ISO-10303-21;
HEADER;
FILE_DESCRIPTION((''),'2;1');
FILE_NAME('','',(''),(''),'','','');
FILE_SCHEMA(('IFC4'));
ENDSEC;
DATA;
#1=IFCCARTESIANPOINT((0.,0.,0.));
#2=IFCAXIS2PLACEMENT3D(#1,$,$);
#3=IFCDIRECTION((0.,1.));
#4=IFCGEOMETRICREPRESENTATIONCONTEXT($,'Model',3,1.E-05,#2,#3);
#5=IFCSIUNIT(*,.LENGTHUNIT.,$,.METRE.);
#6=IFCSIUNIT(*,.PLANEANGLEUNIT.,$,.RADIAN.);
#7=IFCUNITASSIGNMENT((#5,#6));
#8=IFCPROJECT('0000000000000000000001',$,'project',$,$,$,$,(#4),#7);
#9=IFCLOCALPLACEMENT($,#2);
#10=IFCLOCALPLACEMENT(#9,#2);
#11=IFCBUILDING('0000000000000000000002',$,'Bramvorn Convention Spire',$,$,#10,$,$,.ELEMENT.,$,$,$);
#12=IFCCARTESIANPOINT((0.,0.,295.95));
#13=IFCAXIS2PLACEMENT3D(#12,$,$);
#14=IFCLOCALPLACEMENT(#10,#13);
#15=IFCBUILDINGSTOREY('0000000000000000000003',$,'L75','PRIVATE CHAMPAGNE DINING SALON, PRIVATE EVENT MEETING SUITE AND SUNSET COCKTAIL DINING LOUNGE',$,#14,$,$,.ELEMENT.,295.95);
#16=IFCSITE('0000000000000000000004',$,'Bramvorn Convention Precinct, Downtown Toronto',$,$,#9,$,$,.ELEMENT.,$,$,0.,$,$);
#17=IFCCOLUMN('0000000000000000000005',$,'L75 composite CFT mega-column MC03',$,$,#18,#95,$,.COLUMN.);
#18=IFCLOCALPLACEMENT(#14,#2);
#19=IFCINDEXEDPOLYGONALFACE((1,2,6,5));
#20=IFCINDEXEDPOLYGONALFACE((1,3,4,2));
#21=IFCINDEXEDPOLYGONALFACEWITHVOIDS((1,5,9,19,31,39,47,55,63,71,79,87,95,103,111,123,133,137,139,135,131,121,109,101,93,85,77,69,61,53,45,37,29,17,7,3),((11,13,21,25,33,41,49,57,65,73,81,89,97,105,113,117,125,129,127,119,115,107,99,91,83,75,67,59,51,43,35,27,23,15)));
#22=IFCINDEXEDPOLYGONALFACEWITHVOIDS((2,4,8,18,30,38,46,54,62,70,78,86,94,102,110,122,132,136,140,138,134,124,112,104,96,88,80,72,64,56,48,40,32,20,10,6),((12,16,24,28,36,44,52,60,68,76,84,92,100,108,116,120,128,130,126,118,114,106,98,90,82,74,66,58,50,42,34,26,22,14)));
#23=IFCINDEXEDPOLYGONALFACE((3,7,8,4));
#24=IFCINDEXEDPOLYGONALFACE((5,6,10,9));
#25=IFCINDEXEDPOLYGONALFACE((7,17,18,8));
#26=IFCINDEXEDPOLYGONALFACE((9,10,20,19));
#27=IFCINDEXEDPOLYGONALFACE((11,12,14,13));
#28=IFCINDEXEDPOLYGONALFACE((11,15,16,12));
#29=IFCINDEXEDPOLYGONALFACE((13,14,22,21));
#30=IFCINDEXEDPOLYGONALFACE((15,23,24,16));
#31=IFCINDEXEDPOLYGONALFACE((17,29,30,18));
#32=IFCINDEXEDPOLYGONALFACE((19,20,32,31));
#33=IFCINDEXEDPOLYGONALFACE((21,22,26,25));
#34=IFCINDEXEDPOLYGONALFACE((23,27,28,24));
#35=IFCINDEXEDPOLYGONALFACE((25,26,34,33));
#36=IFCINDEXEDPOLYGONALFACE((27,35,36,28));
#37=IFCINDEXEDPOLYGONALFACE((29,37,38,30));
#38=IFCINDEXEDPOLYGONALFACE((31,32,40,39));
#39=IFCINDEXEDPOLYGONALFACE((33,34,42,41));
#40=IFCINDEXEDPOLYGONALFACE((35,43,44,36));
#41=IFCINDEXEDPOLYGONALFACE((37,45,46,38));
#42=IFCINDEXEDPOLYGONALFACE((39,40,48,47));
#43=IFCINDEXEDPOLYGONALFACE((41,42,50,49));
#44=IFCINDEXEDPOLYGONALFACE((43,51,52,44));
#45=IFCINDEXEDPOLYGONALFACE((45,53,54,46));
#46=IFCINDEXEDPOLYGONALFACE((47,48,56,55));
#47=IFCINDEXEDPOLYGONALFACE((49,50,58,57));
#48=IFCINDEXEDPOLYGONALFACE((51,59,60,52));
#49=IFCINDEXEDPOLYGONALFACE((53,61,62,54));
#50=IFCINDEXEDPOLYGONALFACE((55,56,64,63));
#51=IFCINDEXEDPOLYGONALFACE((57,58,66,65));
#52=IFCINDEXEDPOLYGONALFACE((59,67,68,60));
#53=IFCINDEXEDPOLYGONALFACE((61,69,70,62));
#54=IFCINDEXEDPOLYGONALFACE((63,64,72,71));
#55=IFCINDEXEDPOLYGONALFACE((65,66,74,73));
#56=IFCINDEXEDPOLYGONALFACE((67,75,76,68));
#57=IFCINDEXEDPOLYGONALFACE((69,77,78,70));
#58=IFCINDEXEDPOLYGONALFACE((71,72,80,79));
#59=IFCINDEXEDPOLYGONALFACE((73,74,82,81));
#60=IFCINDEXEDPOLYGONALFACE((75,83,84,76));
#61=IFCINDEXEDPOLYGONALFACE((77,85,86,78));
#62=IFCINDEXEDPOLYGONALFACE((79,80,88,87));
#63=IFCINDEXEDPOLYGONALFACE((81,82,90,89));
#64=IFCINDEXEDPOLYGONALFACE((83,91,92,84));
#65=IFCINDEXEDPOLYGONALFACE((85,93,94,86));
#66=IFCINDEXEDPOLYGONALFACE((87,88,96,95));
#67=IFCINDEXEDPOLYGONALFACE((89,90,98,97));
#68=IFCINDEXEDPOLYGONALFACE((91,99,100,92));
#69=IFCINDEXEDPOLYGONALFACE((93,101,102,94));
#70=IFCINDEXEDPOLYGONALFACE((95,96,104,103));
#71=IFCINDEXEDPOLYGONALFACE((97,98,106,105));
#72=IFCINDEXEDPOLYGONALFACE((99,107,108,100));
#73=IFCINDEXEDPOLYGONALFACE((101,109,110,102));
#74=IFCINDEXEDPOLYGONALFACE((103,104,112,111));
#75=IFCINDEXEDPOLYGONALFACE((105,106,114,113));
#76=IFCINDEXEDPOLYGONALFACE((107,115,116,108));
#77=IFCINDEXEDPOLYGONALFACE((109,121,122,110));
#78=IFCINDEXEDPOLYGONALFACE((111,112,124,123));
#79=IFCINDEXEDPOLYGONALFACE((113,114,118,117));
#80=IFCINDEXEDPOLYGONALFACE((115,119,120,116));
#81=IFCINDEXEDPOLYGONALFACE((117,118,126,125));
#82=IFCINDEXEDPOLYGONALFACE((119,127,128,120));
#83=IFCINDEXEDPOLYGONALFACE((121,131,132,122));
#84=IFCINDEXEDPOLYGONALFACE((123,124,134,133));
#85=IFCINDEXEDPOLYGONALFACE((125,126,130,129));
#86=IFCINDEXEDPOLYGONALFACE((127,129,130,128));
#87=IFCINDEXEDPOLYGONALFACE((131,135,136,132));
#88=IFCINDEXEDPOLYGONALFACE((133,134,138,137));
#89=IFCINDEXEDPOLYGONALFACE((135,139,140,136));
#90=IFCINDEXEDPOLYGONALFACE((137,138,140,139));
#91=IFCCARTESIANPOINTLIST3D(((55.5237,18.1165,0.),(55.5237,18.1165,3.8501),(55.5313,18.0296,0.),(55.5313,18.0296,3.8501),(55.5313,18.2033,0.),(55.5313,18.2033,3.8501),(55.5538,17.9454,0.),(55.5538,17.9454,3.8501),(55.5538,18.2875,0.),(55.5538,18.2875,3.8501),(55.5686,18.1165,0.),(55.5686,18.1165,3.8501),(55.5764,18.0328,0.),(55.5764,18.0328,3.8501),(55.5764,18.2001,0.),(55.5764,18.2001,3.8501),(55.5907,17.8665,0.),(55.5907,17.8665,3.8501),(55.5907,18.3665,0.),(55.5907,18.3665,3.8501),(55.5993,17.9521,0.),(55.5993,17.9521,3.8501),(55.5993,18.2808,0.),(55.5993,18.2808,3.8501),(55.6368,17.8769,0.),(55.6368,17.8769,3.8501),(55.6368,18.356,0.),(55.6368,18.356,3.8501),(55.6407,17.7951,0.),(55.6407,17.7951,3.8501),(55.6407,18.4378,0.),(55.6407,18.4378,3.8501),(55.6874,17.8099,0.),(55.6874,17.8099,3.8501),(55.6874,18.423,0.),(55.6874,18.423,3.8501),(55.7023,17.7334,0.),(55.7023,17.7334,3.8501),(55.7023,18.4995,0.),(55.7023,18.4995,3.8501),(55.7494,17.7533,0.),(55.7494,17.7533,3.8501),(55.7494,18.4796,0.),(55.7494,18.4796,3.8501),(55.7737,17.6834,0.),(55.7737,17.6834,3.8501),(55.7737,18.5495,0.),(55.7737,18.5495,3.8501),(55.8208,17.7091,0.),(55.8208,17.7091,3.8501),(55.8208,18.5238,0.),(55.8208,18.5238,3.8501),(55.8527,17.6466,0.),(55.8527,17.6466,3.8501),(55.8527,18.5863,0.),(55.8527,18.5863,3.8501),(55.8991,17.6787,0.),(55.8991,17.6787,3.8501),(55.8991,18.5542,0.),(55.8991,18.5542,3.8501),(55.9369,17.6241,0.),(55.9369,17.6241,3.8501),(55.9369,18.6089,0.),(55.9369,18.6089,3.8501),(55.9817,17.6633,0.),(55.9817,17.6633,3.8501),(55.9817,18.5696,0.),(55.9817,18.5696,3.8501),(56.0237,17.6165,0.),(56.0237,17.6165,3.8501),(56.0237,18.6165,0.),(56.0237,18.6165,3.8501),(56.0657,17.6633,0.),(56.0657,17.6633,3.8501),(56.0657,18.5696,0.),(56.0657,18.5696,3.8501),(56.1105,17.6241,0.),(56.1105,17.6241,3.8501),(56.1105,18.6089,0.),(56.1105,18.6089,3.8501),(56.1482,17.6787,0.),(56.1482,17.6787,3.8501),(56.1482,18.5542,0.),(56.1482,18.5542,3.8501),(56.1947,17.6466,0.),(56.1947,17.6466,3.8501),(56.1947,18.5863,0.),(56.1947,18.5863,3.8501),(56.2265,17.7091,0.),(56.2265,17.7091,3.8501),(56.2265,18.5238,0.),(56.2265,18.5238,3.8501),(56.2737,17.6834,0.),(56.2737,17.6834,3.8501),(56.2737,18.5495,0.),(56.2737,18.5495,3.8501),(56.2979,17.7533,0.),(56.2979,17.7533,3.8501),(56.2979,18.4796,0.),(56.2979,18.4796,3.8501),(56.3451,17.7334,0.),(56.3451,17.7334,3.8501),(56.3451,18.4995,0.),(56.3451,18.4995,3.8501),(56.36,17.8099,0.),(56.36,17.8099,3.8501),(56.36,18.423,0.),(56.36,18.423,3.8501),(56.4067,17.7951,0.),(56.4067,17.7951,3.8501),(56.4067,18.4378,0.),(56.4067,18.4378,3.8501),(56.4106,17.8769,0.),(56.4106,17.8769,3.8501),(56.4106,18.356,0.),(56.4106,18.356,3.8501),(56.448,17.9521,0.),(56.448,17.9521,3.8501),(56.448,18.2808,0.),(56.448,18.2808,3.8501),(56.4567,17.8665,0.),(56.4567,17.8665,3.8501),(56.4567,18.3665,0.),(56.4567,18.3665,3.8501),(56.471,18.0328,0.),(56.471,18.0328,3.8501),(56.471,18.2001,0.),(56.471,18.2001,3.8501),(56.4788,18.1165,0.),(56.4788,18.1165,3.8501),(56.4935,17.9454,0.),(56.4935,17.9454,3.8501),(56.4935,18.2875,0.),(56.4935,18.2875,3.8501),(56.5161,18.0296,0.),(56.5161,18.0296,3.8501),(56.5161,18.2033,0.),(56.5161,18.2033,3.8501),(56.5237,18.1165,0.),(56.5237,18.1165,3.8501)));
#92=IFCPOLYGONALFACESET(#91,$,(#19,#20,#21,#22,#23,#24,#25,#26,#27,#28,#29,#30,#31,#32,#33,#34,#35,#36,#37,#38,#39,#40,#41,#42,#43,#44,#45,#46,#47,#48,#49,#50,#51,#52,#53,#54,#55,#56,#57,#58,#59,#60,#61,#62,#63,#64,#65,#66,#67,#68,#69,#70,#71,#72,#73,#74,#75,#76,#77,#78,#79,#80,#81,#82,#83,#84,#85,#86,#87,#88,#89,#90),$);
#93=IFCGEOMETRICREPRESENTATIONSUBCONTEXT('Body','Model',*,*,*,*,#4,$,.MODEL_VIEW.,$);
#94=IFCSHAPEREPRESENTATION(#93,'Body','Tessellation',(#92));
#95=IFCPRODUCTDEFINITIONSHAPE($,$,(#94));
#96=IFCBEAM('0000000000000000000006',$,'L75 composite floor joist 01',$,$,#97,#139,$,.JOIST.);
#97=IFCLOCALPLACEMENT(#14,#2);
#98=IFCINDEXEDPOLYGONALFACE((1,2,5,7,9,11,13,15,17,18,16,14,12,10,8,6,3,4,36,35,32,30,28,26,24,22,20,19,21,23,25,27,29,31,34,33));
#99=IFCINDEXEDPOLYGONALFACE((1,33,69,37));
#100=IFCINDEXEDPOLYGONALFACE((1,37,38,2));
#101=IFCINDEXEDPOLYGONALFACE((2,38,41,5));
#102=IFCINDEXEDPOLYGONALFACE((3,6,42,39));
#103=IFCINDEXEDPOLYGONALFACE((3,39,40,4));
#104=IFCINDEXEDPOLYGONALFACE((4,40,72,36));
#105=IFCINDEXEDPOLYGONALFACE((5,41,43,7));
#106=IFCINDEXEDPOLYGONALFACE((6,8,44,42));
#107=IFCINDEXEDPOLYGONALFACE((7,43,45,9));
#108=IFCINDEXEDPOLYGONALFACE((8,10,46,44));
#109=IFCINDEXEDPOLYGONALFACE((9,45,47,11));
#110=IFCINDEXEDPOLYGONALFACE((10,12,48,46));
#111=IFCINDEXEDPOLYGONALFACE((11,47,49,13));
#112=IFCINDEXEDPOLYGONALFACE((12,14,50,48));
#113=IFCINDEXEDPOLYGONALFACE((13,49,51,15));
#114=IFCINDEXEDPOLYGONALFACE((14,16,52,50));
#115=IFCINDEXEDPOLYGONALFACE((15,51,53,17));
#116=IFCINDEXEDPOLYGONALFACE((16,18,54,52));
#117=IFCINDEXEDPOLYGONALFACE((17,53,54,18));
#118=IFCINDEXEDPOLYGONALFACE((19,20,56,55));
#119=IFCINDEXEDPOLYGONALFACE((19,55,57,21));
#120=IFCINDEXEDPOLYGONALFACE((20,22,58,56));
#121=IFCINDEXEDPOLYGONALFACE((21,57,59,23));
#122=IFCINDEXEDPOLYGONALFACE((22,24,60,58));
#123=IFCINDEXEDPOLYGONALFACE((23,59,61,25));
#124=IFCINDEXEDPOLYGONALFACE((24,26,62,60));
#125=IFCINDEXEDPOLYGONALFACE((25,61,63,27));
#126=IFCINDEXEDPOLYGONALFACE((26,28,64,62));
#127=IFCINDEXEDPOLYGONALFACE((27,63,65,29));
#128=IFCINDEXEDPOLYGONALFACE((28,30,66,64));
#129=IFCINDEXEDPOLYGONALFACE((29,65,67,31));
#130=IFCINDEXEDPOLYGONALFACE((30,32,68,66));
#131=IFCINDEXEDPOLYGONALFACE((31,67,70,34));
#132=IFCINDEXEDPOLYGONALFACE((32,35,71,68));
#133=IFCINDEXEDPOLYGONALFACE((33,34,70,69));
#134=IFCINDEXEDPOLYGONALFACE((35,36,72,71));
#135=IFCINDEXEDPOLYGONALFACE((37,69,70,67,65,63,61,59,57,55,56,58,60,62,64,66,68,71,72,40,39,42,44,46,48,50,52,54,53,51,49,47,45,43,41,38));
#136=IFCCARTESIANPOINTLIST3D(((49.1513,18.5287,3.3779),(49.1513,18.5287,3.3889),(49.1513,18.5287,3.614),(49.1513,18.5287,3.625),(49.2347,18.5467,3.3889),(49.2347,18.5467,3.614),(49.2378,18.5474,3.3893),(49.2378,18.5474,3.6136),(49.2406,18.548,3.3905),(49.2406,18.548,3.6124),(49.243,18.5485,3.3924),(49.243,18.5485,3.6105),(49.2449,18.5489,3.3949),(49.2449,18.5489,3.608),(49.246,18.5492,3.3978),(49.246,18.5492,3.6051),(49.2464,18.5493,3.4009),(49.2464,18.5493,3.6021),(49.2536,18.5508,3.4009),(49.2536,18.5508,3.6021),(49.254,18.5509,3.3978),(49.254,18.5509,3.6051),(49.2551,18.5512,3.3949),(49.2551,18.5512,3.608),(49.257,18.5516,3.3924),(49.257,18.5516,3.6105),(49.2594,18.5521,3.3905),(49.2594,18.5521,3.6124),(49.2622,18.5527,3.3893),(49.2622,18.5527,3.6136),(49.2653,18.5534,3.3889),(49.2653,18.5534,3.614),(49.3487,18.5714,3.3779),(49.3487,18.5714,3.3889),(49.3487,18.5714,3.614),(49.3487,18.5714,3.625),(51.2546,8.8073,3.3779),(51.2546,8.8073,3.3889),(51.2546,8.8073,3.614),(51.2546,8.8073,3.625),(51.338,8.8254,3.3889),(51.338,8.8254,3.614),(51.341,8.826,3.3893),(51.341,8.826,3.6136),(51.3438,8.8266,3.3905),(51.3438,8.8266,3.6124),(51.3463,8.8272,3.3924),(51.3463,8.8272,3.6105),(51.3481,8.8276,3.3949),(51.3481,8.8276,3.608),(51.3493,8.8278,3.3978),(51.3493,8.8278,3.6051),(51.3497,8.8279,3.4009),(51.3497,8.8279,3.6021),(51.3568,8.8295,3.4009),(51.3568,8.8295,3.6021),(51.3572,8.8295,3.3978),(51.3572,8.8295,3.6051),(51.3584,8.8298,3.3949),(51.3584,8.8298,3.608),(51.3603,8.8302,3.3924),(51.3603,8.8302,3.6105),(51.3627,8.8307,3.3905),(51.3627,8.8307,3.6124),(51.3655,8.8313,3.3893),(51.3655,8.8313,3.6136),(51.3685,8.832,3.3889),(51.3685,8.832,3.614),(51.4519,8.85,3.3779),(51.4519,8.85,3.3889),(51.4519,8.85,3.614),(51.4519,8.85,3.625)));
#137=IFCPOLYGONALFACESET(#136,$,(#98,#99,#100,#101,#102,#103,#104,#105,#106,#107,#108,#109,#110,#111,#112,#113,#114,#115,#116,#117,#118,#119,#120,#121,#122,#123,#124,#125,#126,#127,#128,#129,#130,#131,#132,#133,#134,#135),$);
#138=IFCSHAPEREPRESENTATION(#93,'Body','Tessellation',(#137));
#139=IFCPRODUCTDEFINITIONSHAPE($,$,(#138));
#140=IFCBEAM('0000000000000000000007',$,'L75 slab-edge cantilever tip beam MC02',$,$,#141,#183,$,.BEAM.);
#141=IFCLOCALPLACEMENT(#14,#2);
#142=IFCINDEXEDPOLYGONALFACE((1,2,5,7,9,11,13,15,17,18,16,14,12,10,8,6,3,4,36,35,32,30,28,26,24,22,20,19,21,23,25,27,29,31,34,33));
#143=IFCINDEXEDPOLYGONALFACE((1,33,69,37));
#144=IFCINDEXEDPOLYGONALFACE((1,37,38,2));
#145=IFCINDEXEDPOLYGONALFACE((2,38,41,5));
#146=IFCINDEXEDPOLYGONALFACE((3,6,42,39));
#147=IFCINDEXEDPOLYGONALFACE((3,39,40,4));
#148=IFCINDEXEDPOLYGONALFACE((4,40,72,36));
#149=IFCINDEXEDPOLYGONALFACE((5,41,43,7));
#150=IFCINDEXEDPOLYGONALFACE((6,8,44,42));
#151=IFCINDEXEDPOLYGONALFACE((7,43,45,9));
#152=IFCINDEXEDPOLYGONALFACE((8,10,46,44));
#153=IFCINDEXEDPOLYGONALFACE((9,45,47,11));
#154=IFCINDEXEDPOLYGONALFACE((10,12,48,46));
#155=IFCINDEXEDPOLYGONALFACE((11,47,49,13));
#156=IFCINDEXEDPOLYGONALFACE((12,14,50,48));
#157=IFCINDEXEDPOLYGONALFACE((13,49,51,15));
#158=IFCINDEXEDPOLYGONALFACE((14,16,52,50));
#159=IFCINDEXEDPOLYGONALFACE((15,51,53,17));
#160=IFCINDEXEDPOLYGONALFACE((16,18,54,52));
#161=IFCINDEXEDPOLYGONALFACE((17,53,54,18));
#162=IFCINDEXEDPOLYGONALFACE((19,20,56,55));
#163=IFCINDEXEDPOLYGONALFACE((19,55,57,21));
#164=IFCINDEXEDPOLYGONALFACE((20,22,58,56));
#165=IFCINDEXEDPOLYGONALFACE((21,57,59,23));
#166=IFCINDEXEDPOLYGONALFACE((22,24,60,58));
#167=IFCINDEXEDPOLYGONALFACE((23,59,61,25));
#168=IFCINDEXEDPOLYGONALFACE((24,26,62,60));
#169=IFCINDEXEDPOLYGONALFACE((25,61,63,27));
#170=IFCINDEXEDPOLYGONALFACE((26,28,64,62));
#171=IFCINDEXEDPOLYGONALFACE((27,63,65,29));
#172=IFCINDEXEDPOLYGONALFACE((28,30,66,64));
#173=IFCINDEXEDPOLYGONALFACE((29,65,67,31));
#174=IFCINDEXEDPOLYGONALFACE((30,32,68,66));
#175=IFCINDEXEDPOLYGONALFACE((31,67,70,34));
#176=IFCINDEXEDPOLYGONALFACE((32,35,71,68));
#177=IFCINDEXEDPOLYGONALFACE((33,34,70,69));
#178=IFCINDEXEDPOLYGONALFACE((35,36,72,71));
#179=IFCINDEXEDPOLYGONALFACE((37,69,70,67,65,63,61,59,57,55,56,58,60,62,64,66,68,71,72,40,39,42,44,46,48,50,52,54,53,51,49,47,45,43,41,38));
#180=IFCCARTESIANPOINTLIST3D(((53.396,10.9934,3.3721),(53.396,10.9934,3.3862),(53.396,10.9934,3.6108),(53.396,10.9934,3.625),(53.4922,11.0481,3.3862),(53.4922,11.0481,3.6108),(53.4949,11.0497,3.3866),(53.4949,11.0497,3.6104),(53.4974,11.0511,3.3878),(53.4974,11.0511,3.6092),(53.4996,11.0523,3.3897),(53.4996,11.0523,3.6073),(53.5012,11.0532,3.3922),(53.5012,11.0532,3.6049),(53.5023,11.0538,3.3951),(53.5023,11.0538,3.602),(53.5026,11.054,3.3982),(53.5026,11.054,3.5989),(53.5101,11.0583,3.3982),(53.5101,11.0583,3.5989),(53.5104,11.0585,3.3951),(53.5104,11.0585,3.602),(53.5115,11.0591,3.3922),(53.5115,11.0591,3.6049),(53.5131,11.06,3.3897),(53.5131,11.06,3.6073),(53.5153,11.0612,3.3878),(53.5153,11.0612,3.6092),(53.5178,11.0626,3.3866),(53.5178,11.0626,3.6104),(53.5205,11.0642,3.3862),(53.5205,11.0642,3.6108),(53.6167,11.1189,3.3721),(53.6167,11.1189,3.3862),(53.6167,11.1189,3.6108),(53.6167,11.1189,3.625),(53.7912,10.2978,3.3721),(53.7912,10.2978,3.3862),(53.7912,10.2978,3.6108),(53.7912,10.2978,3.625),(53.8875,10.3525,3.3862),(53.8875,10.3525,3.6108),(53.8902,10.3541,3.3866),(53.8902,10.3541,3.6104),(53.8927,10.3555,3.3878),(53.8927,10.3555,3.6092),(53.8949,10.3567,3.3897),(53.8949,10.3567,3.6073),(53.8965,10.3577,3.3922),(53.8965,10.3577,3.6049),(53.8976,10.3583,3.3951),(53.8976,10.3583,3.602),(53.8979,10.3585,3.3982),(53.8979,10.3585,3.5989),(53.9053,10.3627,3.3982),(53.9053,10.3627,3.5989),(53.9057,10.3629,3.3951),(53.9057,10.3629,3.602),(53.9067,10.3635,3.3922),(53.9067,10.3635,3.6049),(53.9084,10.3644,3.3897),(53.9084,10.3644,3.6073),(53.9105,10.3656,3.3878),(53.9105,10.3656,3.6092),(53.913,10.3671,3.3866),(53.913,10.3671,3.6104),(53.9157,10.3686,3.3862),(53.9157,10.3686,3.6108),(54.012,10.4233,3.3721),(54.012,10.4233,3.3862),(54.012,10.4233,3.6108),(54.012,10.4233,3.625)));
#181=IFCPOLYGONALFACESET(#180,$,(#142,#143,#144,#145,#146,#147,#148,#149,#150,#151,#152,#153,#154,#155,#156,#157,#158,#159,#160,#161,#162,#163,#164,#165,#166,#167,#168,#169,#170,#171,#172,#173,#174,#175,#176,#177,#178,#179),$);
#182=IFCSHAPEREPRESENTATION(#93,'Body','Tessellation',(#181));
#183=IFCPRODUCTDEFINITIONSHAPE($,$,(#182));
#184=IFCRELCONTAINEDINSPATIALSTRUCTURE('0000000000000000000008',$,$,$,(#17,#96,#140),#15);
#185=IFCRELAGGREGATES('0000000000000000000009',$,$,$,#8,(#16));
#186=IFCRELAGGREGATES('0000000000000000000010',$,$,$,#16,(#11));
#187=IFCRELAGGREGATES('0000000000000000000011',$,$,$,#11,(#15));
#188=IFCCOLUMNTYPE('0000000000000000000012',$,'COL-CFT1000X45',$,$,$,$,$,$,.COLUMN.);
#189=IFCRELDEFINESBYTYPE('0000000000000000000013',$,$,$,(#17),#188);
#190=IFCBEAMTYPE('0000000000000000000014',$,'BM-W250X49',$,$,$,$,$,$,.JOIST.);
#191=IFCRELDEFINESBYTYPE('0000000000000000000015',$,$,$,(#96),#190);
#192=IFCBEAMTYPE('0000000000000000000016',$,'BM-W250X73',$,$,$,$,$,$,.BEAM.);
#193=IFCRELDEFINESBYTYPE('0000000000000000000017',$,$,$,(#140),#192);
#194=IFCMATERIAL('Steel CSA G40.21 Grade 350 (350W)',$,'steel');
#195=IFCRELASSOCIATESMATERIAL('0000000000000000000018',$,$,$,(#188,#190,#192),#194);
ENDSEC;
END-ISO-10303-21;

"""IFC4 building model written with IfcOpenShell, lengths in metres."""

from ifc_helpers import new_model, si_unit, direction, frame, origin, origin_2d, place, context, subcontext, project, spatial, hollow_circle, i_section, extrude, material, material_profile, profile_set, type_object, element, save


model = new_model("IFC4")

# Units and contexts
model_context = context("Model", 3, precision=1e-05, world=origin(), true_north=direction((0.0, 1.0)))
body_context = subcontext(model_context, "Body", "Model", "MODEL_VIEW")
ifc_project = project(units=[si_unit("LENGTHUNIT", "METRE"), si_unit("PLANEANGLEUNIT", "RADIAN")], contexts=[model_context])

# Site, building, storey
site_placement = place(None, origin())
site = spatial("IfcSite", under=ifc_project, at=site_placement, Name="Bramvorn Convention Precinct, Downtown Toronto", CompositionType="ELEMENT", RefElevation=0.0)
building_placement = place(site_placement, origin())
building = spatial("IfcBuilding", under=site, at=building_placement, Name="Bramvorn Convention Spire", CompositionType="ELEMENT")
storey_placement = place(building_placement, frame((0.0, 0.0, 295.95)))
storey = spatial("IfcBuildingStorey", under=building, at=storey_placement, Name="L75", Description="PRIVATE CHAMPAGNE DINING SALON, PRIVATE EVENT MEETING SUITE AND SUNSET COCKTAIL DINING LOUNGE", CompositionType="ELEMENT", Elevation=295.95)

# Column
ifc_material_1 = material(Name="Steel CSA G40.21 Grade 350 (350W)", Category="steel")
ifc_material_profile_1 = material_profile(ifc_material_1, hollow_circle(Radius=0.5, WallThickness=0.0449, at=origin_2d()))
ifc_profile_set_1 = profile_set([ifc_material_profile_1], Name="Steel CSA G40.21 Grade 350 (350W) - CFT1000X45")
column_type = type_object("IfcColumnType", Name="COL-CFT1000X45", PredefinedType="COLUMN", material=ifc_profile_set_1)
column_placement = place(storey_placement, frame((56.0237, 18.1165, 0.0), z_axis=(0.0, 0.0, 1.0), x_axis=(1.0, 0.0, 0.0)))
element("IfcColumn", 1, at=column_placement, inside=storey, type_object=column_type, Name="L75 composite CFT mega-column MC03", PredefinedType="COLUMN", context=body_context, shape_type="SweptSolid", body=[
    extrude(hollow_circle(Radius=0.5, WallThickness=0.0449, at=origin_2d()), origin(), (0.0, 0.0, 1.0), 3.8501),
])

# Beams
ifc_material_profile_2 = material_profile(ifc_material_1, i_section(OverallWidth=0.2019, OverallDepth=0.2471, WebThickness=0.0073, FlangeThickness=0.011, FilletRadius=0.012, at=origin_2d()))
ifc_profile_set_2 = profile_set([ifc_material_profile_2], Name="Steel CSA G40.21 Grade 350 (350W) - W250X49")
beam_type_1 = type_object("IfcBeamType", Name="BM-W250X49", PredefinedType="JOIST", material=ifc_profile_set_2)
beam_1_placement = place(storey_placement, frame((49.25, 18.55, 3.5015), z_axis=(0.211461, -0.977386, 0.0), x_axis=(0.977386, 0.211461, 0.0)))
element("IfcBeam", 2, at=beam_1_placement, inside=storey, type_object=beam_type_1, Name="L75 composite floor joist 01", PredefinedType="JOIST", context=body_context, shape_type="SweptSolid", body=[
    extrude(i_section(OverallWidth=0.2019, OverallDepth=0.2471, WebThickness=0.0073, FlangeThickness=0.011, FilletRadius=0.012, at=origin_2d()), origin(), (0.0, 0.0, 1.0), 9.9463),
])
ifc_material_profile_3 = material_profile(ifc_material_1, i_section(OverallWidth=0.2539, OverallDepth=0.2529, WebThickness=0.0085, FlangeThickness=0.0142, FilletRadius=0.012, at=origin_2d()))
ifc_profile_set_3 = profile_set([ifc_material_profile_3], Name="Steel CSA G40.21 Grade 350 (350W) - W250X73")
beam_type_2 = type_object("IfcBeamType", Name="BM-W250X73", PredefinedType="BEAM", material=ifc_profile_set_3)
beam_2_placement = place(storey_placement, frame((53.5063, 11.0562, 3.4985), z_axis=(0.494067, -0.869424, 0.0), x_axis=(0.869424, 0.494067, 0.0)))
element("IfcBeam", 3, at=beam_2_placement, inside=storey, type_object=beam_type_2, Name="L75 slab-edge cantilever tip beam MC02", PredefinedType="BEAM", context=body_context, shape_type="SweptSolid", body=[
    extrude(i_section(OverallWidth=0.2539, OverallDepth=0.2529, WebThickness=0.0085, FlangeThickness=0.0142, FilletRadius=0.012, at=origin_2d()), origin(), (0.0, 0.0, 1.0), 0.8),
])

save(model, "model.ifc")
